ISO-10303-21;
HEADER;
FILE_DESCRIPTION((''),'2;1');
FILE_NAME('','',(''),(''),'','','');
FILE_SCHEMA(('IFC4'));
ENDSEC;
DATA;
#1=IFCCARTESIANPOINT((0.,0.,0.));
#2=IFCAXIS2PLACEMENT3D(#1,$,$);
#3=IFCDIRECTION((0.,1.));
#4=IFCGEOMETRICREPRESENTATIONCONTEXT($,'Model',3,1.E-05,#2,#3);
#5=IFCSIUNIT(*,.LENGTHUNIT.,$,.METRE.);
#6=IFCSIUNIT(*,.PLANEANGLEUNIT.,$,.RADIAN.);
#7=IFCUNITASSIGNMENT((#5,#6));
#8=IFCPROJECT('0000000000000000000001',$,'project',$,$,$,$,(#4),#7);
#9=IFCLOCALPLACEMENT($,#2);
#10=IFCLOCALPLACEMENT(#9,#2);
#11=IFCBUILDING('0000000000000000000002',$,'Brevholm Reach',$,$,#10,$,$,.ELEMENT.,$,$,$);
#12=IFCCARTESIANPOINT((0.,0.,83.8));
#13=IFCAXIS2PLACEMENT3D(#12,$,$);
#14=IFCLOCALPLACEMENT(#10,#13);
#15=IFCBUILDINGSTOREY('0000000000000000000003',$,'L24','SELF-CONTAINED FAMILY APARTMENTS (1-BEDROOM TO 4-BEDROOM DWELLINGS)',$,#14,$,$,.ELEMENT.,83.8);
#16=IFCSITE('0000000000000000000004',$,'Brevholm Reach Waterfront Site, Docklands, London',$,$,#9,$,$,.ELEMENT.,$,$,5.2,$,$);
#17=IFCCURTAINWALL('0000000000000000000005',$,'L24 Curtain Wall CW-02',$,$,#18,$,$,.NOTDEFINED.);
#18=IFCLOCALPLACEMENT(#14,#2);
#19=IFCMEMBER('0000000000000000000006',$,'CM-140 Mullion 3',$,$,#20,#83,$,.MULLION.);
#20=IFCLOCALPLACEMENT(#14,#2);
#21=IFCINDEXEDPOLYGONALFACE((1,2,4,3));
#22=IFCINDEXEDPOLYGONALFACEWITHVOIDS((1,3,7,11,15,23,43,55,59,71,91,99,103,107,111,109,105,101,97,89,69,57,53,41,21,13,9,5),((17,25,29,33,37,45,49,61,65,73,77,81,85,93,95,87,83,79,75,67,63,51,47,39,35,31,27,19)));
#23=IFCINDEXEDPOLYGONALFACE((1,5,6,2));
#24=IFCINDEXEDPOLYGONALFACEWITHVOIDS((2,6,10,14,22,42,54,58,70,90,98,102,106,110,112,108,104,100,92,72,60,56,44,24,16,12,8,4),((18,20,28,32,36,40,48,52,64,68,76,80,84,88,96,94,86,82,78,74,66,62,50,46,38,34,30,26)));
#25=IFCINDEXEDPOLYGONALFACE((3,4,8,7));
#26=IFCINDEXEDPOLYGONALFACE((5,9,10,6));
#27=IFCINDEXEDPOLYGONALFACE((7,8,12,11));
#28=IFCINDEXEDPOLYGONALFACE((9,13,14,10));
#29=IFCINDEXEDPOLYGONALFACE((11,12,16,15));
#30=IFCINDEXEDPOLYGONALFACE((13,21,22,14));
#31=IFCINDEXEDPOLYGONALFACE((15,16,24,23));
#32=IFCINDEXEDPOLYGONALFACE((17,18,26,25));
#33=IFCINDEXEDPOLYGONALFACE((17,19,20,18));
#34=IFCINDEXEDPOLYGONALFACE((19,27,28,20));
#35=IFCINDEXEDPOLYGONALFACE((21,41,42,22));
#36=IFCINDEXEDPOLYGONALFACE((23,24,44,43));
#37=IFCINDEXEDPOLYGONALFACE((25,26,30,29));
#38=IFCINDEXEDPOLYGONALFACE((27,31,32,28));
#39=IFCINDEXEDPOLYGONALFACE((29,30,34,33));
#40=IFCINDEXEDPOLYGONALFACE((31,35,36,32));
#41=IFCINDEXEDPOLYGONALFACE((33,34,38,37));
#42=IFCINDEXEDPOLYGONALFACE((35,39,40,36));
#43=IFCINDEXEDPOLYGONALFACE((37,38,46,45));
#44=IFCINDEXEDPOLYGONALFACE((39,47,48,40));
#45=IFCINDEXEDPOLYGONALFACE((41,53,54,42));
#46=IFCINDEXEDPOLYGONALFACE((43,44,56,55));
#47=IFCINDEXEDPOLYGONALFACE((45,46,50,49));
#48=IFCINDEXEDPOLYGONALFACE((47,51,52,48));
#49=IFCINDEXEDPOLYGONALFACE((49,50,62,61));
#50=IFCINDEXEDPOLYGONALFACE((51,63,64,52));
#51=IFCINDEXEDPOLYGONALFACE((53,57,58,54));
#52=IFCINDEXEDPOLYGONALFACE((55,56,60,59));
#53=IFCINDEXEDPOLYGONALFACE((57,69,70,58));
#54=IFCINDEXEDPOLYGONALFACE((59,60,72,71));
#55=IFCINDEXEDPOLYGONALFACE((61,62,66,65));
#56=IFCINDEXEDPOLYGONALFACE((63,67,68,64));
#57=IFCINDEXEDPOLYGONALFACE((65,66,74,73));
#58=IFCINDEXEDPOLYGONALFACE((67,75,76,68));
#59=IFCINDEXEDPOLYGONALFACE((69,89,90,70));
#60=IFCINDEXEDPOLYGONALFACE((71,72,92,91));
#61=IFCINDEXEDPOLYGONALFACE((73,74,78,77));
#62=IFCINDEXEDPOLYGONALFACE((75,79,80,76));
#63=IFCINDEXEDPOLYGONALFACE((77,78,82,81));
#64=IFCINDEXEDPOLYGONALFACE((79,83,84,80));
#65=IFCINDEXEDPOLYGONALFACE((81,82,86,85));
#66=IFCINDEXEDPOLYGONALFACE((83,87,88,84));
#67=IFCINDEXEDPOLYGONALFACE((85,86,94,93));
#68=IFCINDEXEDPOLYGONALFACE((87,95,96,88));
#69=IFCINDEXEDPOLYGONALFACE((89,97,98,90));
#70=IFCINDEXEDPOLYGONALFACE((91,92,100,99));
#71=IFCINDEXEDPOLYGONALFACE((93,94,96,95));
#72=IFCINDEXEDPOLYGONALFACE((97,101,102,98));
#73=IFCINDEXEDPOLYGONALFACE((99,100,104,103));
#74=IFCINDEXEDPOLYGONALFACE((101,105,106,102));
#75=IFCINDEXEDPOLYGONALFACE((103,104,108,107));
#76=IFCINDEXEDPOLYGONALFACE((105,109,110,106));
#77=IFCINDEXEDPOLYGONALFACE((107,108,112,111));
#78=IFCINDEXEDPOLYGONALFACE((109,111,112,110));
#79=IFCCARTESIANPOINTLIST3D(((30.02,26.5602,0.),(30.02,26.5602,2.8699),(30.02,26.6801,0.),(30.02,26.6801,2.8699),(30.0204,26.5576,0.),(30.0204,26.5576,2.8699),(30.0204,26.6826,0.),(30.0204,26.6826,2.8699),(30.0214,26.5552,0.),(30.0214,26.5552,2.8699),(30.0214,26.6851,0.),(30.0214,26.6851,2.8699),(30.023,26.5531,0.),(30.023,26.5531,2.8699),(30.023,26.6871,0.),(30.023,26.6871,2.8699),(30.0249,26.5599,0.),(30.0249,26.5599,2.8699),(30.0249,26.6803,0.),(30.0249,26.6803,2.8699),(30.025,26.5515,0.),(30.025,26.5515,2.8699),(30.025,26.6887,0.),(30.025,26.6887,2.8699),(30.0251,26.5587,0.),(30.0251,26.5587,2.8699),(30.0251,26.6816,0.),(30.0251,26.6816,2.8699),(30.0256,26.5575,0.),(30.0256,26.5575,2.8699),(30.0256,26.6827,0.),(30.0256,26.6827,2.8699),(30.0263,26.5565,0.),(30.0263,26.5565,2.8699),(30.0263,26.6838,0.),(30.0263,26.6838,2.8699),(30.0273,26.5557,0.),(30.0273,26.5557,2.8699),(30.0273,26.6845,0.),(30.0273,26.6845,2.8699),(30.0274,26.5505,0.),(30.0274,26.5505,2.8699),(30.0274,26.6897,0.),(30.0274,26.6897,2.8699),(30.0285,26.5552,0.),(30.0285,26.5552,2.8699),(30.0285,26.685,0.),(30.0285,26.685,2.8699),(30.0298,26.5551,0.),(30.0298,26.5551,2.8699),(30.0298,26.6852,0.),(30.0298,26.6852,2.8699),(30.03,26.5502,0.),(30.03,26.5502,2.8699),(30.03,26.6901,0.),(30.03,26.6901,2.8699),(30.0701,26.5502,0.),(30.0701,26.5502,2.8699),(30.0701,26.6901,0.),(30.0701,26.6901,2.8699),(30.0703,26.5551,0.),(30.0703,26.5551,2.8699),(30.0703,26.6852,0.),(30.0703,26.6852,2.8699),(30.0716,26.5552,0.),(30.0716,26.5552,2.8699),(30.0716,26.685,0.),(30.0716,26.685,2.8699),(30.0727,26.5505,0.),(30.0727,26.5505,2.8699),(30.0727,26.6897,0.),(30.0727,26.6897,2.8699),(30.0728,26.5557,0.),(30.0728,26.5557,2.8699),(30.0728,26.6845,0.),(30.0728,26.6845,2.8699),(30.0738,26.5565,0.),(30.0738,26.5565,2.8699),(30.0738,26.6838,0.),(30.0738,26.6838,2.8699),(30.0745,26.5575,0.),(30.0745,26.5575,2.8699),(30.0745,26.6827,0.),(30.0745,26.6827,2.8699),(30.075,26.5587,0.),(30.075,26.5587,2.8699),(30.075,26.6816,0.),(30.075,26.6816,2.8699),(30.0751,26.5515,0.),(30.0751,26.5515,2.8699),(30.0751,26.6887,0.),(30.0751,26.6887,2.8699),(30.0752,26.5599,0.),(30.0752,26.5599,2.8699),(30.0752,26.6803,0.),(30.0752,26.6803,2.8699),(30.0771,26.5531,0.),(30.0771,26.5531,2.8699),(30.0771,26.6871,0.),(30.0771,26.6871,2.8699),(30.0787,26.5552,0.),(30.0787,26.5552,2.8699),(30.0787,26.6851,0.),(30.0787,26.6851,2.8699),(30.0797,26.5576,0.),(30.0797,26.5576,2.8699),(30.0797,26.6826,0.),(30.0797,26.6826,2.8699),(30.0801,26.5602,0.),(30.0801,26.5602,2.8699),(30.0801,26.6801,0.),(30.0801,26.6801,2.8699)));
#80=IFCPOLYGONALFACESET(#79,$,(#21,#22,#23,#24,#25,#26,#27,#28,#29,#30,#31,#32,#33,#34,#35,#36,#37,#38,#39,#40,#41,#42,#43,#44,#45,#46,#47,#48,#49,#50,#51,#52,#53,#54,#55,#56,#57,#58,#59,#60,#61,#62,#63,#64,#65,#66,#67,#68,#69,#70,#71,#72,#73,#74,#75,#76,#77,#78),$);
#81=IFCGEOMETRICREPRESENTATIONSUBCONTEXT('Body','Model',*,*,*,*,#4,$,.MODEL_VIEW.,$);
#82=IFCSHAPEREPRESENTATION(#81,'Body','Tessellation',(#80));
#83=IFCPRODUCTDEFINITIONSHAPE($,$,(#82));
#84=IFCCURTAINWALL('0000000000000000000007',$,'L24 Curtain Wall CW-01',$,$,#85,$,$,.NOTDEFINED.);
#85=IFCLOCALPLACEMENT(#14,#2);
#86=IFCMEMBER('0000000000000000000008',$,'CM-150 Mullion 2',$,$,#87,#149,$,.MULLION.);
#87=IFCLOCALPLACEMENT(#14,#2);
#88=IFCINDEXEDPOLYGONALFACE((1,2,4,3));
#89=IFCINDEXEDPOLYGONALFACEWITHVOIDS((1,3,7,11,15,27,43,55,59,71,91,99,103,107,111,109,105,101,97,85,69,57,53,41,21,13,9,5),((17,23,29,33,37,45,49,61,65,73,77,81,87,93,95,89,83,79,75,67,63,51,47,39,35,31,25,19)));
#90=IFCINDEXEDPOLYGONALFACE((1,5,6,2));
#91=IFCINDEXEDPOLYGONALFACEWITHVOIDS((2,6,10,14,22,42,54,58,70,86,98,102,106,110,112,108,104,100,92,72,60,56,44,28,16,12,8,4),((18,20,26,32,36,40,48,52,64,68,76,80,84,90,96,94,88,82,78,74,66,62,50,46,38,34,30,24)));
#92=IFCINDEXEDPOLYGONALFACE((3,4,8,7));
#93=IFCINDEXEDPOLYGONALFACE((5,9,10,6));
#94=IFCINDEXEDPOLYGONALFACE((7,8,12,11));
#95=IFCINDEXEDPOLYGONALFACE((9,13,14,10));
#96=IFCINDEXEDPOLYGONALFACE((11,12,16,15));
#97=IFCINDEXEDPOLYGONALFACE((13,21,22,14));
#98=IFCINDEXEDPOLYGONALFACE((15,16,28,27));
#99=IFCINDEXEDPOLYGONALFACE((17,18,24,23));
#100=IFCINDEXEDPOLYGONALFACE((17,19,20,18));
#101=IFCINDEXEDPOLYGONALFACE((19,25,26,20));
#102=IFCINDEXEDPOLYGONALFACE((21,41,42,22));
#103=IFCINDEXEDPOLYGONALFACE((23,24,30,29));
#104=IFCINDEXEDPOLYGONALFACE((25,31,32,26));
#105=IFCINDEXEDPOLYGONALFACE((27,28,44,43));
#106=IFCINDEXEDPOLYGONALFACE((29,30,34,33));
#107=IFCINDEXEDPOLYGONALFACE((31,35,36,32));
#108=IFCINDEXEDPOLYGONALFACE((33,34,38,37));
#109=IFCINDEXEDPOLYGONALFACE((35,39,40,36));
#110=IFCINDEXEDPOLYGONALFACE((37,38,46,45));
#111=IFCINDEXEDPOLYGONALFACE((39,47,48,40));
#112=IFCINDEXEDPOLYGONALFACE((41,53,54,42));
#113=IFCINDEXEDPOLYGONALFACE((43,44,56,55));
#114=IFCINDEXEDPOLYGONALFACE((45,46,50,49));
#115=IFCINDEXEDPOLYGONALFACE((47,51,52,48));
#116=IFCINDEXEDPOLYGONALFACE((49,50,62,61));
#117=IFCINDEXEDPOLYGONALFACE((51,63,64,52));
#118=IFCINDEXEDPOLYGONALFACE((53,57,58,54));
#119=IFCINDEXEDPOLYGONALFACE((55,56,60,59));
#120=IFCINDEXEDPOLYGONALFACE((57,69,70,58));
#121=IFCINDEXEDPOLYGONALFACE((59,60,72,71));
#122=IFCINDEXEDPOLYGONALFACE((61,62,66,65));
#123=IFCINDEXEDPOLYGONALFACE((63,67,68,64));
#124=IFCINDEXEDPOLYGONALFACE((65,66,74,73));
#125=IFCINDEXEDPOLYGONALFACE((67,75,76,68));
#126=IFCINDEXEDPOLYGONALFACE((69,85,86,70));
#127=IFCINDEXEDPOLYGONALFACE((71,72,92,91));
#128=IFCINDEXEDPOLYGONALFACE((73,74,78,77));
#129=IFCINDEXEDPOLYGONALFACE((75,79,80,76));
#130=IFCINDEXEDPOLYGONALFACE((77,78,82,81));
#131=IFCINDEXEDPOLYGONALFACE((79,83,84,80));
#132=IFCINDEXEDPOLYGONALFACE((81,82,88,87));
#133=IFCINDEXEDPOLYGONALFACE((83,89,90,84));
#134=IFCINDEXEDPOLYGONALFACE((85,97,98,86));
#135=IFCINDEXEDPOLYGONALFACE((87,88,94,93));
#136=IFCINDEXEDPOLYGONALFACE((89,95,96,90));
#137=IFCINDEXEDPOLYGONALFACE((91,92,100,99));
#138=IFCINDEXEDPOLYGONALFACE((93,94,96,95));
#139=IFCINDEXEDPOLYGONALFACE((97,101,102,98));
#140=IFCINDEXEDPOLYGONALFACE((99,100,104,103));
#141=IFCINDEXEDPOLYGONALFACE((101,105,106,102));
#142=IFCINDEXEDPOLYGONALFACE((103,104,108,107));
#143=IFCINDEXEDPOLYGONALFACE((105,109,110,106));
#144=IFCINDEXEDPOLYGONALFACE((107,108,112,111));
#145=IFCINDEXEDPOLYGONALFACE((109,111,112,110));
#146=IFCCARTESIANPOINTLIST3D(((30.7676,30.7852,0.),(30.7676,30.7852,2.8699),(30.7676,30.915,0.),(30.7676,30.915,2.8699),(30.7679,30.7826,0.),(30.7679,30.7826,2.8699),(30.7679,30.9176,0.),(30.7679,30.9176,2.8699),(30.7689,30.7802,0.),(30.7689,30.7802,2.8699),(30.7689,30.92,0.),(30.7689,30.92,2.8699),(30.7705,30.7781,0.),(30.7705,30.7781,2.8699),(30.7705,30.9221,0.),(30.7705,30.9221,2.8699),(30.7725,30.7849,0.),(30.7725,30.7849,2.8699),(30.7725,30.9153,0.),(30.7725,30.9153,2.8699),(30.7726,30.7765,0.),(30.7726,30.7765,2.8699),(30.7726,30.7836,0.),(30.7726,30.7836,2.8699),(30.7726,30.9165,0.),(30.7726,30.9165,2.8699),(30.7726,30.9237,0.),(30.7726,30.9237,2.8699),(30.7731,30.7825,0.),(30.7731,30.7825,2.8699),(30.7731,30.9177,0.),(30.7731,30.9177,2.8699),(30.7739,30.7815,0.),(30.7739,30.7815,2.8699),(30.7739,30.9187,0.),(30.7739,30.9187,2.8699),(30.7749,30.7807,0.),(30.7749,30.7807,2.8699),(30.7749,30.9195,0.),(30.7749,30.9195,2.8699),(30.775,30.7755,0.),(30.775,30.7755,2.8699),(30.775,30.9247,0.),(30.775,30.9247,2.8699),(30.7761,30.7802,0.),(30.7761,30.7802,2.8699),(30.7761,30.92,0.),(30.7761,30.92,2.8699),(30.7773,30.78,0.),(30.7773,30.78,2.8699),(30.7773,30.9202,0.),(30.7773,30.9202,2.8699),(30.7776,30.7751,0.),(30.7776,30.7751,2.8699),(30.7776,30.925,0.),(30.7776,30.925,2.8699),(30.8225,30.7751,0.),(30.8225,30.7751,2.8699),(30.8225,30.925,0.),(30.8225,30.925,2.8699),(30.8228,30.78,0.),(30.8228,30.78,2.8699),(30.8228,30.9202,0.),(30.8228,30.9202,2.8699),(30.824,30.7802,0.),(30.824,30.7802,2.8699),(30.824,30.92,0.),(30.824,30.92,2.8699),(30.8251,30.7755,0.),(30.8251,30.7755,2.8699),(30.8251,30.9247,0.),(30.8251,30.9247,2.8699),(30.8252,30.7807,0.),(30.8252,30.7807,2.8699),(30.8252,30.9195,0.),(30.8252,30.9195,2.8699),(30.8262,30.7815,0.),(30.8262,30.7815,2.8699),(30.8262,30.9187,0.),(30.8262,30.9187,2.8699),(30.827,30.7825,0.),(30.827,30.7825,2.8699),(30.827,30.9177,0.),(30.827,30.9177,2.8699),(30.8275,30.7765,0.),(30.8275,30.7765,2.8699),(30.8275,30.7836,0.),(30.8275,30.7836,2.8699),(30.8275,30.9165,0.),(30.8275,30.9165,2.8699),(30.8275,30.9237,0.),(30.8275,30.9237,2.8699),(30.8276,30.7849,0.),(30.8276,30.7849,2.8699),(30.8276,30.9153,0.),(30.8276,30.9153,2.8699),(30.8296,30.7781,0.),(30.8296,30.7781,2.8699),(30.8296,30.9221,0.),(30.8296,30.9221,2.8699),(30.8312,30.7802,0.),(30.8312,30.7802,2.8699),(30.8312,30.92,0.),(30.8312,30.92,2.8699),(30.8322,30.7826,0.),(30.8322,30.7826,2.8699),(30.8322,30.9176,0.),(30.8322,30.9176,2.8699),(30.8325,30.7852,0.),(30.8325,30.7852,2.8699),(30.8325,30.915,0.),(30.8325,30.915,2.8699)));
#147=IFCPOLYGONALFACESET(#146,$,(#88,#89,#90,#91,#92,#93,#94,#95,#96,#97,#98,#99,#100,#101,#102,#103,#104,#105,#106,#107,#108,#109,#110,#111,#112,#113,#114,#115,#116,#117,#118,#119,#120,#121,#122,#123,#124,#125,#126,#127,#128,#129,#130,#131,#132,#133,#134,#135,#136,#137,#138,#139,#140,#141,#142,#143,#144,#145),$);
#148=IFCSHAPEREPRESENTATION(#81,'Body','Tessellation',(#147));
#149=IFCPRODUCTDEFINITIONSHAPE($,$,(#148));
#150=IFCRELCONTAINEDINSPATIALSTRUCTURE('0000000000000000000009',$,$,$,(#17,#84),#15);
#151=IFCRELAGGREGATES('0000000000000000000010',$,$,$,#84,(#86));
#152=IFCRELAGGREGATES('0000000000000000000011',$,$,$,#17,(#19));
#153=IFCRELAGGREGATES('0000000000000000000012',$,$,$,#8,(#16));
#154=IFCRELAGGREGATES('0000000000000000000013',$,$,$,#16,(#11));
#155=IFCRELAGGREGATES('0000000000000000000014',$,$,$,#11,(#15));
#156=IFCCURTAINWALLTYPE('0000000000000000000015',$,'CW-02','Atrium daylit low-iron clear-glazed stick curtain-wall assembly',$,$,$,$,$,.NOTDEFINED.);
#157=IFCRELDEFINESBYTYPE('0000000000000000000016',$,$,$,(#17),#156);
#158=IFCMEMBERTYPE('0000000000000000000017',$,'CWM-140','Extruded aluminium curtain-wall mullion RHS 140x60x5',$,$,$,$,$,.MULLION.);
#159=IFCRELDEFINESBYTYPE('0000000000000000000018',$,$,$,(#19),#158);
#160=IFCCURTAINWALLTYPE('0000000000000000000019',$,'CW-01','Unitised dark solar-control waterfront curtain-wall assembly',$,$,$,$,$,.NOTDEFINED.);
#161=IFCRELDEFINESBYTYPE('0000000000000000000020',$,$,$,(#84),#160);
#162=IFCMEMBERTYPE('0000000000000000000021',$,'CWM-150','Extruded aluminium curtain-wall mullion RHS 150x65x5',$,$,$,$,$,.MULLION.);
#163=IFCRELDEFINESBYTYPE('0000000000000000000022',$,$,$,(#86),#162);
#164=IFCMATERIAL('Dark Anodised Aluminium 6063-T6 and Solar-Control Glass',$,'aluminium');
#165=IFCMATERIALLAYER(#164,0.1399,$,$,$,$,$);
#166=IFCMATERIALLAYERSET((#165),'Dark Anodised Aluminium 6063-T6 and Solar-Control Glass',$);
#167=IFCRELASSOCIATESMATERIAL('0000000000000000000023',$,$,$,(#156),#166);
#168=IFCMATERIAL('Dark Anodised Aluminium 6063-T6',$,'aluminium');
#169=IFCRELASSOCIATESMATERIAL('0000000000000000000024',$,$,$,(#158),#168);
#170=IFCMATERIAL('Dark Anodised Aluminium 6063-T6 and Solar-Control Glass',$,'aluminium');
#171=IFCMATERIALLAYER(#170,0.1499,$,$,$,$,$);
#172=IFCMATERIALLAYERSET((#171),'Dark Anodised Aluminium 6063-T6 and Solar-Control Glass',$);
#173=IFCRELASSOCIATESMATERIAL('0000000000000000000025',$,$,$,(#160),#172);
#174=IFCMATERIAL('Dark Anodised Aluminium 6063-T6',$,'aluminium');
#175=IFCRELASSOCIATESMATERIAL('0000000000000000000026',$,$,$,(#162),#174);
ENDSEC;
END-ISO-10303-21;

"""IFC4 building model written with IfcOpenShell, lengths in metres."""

from ifc_helpers import new_model, si_unit, direction, frame, origin, origin_2d, place, context, subcontext, project, spatial, hollow_rectangle, extrude, material, layer, layer_set, material_profile, profile_set, type_object, element, aggregate, save


model = new_model("IFC4")

# Units and contexts
model_context = context("Model", 3, precision=1e-05, world=origin(), true_north=direction((0.0, 1.0)))
body_context = subcontext(model_context, "Body", "Model", "MODEL_VIEW")
ifc_project = project(units=[si_unit("LENGTHUNIT", "METRE"), si_unit("PLANEANGLEUNIT", "RADIAN")], contexts=[model_context])

# Site, building, storey
site_placement = place(None, origin())
site = spatial("IfcSite", under=ifc_project, at=site_placement, Name="Brevholm Reach Waterfront Site, Docklands, London", CompositionType="ELEMENT", RefElevation=5.2)
building_placement = place(site_placement, origin())
building = spatial("IfcBuilding", under=site, at=building_placement, Name="Brevholm Reach", CompositionType="ELEMENT")
storey_placement = place(building_placement, frame((0.0, 0.0, 83.8)))
storey = spatial("IfcBuildingStorey", under=building, at=storey_placement, Name="L24", Description="SELF-CONTAINED FAMILY APARTMENTS (1-BEDROOM TO 4-BEDROOM DWELLINGS)", CompositionType="ELEMENT", Elevation=83.8)

# Curtain walls, members
ifc_material_1 = material(Name="Dark Anodised Aluminium 6063-T6 and Solar-Control Glass", Category="aluminium")
ifc_layer_1 = layer(ifc_material_1, 0.1399)
ifc_layer_set_1 = layer_set([ifc_layer_1], Name="Dark Anodised Aluminium 6063-T6 and Solar-Control Glass")
curtain_wall_type_1 = type_object("IfcCurtainWallType", Name="CW-02", Description="Atrium daylit low-iron clear-glazed stick curtain-wall assembly", PredefinedType="NOTDEFINED", material=ifc_layer_set_1)
curtain_wall_1_placement = place(storey_placement, origin())
curtain_wall_1 = element("IfcCurtainWall", 1, at=curtain_wall_1_placement, inside=storey, type_object=curtain_wall_type_1, Name="L24 Curtain Wall CW-02", PredefinedType="NOTDEFINED")
ifc_material_2 = material(Name="Dark Anodised Aluminium 6063-T6", Category="aluminium")
ifc_material_profile_1 = material_profile(ifc_material_2, hollow_rectangle(XDim=0.0601, YDim=0.1399, WallThickness=0.0049, InnerFilletRadius=0.0049, OuterFilletRadius=0.01, at=origin_2d()), Name="RHS 140x60x5")
ifc_profile_set_1 = profile_set([ifc_material_profile_1], Name="Dark Anodised Aluminium 6063-T6")
member_type_1 = type_object("IfcMemberType", Name="CWM-140", Description="Extruded aluminium curtain-wall mullion RHS 140x60x5", PredefinedType="MULLION", material=ifc_profile_set_1)
member_1_placement = place(storey_placement, frame((30.05, 26.6201, 0.0), z_axis=(0.0, 0.0, 1.0), x_axis=(-1.0, 0.0, 0.0)))
member_1 = element("IfcMember", 2, at=member_1_placement, type_object=member_type_1, Name="CM-140 Mullion 3", PredefinedType="MULLION", context=body_context, shape_type="SweptSolid", body=[
    extrude(hollow_rectangle(XDim=0.0601, YDim=0.1399, WallThickness=0.0049, InnerFilletRadius=0.0049, OuterFilletRadius=0.01, at=origin_2d()), origin(), (0.0, 0.0, 1.0), 2.8699),
])
ifc_material_3 = material(Name="Dark Anodised Aluminium 6063-T6 and Solar-Control Glass", Category="aluminium")
ifc_layer_2 = layer(ifc_material_3, 0.1499)
ifc_layer_set_2 = layer_set([ifc_layer_2], Name="Dark Anodised Aluminium 6063-T6 and Solar-Control Glass")
curtain_wall_type_2 = type_object("IfcCurtainWallType", Name="CW-01", Description="Unitised dark solar-control waterfront curtain-wall assembly", PredefinedType="NOTDEFINED", material=ifc_layer_set_2)
curtain_wall_2_placement = place(storey_placement, origin())
curtain_wall_2 = element("IfcCurtainWall", 3, at=curtain_wall_2_placement, inside=storey, type_object=curtain_wall_type_2, Name="L24 Curtain Wall CW-01", PredefinedType="NOTDEFINED")
ifc_material_4 = material(Name="Dark Anodised Aluminium 6063-T6", Category="aluminium")
ifc_material_profile_2 = material_profile(ifc_material_4, hollow_rectangle(XDim=0.0649, YDim=0.1499, WallThickness=0.0049, InnerFilletRadius=0.0049, OuterFilletRadius=0.01, at=origin_2d()), Name="RHS 150x65x5")
ifc_profile_set_2 = profile_set([ifc_material_profile_2], Name="Dark Anodised Aluminium 6063-T6")
member_type_2 = type_object("IfcMemberType", Name="CWM-150", Description="Extruded aluminium curtain-wall mullion RHS 150x65x5", PredefinedType="MULLION", material=ifc_profile_set_2)
member_2_placement = place(storey_placement, frame((30.8, 30.8501, 0.0), z_axis=(0.0, 0.0, 1.0), x_axis=(1.0, 0.0, 0.0)))
member_2 = element("IfcMember", 4, at=member_2_placement, type_object=member_type_2, Name="CM-150 Mullion 2", PredefinedType="MULLION", context=body_context, shape_type="SweptSolid", body=[
    extrude(hollow_rectangle(XDim=0.0649, YDim=0.1499, WallThickness=0.0049, InnerFilletRadius=0.0049, OuterFilletRadius=0.01, at=origin_2d()), origin(), (0.0, 0.0, 1.0), 2.8699),
])

aggregate(curtain_wall_2, [member_2])
aggregate(curtain_wall_1, [member_1])

save(model, "model.ifc")
